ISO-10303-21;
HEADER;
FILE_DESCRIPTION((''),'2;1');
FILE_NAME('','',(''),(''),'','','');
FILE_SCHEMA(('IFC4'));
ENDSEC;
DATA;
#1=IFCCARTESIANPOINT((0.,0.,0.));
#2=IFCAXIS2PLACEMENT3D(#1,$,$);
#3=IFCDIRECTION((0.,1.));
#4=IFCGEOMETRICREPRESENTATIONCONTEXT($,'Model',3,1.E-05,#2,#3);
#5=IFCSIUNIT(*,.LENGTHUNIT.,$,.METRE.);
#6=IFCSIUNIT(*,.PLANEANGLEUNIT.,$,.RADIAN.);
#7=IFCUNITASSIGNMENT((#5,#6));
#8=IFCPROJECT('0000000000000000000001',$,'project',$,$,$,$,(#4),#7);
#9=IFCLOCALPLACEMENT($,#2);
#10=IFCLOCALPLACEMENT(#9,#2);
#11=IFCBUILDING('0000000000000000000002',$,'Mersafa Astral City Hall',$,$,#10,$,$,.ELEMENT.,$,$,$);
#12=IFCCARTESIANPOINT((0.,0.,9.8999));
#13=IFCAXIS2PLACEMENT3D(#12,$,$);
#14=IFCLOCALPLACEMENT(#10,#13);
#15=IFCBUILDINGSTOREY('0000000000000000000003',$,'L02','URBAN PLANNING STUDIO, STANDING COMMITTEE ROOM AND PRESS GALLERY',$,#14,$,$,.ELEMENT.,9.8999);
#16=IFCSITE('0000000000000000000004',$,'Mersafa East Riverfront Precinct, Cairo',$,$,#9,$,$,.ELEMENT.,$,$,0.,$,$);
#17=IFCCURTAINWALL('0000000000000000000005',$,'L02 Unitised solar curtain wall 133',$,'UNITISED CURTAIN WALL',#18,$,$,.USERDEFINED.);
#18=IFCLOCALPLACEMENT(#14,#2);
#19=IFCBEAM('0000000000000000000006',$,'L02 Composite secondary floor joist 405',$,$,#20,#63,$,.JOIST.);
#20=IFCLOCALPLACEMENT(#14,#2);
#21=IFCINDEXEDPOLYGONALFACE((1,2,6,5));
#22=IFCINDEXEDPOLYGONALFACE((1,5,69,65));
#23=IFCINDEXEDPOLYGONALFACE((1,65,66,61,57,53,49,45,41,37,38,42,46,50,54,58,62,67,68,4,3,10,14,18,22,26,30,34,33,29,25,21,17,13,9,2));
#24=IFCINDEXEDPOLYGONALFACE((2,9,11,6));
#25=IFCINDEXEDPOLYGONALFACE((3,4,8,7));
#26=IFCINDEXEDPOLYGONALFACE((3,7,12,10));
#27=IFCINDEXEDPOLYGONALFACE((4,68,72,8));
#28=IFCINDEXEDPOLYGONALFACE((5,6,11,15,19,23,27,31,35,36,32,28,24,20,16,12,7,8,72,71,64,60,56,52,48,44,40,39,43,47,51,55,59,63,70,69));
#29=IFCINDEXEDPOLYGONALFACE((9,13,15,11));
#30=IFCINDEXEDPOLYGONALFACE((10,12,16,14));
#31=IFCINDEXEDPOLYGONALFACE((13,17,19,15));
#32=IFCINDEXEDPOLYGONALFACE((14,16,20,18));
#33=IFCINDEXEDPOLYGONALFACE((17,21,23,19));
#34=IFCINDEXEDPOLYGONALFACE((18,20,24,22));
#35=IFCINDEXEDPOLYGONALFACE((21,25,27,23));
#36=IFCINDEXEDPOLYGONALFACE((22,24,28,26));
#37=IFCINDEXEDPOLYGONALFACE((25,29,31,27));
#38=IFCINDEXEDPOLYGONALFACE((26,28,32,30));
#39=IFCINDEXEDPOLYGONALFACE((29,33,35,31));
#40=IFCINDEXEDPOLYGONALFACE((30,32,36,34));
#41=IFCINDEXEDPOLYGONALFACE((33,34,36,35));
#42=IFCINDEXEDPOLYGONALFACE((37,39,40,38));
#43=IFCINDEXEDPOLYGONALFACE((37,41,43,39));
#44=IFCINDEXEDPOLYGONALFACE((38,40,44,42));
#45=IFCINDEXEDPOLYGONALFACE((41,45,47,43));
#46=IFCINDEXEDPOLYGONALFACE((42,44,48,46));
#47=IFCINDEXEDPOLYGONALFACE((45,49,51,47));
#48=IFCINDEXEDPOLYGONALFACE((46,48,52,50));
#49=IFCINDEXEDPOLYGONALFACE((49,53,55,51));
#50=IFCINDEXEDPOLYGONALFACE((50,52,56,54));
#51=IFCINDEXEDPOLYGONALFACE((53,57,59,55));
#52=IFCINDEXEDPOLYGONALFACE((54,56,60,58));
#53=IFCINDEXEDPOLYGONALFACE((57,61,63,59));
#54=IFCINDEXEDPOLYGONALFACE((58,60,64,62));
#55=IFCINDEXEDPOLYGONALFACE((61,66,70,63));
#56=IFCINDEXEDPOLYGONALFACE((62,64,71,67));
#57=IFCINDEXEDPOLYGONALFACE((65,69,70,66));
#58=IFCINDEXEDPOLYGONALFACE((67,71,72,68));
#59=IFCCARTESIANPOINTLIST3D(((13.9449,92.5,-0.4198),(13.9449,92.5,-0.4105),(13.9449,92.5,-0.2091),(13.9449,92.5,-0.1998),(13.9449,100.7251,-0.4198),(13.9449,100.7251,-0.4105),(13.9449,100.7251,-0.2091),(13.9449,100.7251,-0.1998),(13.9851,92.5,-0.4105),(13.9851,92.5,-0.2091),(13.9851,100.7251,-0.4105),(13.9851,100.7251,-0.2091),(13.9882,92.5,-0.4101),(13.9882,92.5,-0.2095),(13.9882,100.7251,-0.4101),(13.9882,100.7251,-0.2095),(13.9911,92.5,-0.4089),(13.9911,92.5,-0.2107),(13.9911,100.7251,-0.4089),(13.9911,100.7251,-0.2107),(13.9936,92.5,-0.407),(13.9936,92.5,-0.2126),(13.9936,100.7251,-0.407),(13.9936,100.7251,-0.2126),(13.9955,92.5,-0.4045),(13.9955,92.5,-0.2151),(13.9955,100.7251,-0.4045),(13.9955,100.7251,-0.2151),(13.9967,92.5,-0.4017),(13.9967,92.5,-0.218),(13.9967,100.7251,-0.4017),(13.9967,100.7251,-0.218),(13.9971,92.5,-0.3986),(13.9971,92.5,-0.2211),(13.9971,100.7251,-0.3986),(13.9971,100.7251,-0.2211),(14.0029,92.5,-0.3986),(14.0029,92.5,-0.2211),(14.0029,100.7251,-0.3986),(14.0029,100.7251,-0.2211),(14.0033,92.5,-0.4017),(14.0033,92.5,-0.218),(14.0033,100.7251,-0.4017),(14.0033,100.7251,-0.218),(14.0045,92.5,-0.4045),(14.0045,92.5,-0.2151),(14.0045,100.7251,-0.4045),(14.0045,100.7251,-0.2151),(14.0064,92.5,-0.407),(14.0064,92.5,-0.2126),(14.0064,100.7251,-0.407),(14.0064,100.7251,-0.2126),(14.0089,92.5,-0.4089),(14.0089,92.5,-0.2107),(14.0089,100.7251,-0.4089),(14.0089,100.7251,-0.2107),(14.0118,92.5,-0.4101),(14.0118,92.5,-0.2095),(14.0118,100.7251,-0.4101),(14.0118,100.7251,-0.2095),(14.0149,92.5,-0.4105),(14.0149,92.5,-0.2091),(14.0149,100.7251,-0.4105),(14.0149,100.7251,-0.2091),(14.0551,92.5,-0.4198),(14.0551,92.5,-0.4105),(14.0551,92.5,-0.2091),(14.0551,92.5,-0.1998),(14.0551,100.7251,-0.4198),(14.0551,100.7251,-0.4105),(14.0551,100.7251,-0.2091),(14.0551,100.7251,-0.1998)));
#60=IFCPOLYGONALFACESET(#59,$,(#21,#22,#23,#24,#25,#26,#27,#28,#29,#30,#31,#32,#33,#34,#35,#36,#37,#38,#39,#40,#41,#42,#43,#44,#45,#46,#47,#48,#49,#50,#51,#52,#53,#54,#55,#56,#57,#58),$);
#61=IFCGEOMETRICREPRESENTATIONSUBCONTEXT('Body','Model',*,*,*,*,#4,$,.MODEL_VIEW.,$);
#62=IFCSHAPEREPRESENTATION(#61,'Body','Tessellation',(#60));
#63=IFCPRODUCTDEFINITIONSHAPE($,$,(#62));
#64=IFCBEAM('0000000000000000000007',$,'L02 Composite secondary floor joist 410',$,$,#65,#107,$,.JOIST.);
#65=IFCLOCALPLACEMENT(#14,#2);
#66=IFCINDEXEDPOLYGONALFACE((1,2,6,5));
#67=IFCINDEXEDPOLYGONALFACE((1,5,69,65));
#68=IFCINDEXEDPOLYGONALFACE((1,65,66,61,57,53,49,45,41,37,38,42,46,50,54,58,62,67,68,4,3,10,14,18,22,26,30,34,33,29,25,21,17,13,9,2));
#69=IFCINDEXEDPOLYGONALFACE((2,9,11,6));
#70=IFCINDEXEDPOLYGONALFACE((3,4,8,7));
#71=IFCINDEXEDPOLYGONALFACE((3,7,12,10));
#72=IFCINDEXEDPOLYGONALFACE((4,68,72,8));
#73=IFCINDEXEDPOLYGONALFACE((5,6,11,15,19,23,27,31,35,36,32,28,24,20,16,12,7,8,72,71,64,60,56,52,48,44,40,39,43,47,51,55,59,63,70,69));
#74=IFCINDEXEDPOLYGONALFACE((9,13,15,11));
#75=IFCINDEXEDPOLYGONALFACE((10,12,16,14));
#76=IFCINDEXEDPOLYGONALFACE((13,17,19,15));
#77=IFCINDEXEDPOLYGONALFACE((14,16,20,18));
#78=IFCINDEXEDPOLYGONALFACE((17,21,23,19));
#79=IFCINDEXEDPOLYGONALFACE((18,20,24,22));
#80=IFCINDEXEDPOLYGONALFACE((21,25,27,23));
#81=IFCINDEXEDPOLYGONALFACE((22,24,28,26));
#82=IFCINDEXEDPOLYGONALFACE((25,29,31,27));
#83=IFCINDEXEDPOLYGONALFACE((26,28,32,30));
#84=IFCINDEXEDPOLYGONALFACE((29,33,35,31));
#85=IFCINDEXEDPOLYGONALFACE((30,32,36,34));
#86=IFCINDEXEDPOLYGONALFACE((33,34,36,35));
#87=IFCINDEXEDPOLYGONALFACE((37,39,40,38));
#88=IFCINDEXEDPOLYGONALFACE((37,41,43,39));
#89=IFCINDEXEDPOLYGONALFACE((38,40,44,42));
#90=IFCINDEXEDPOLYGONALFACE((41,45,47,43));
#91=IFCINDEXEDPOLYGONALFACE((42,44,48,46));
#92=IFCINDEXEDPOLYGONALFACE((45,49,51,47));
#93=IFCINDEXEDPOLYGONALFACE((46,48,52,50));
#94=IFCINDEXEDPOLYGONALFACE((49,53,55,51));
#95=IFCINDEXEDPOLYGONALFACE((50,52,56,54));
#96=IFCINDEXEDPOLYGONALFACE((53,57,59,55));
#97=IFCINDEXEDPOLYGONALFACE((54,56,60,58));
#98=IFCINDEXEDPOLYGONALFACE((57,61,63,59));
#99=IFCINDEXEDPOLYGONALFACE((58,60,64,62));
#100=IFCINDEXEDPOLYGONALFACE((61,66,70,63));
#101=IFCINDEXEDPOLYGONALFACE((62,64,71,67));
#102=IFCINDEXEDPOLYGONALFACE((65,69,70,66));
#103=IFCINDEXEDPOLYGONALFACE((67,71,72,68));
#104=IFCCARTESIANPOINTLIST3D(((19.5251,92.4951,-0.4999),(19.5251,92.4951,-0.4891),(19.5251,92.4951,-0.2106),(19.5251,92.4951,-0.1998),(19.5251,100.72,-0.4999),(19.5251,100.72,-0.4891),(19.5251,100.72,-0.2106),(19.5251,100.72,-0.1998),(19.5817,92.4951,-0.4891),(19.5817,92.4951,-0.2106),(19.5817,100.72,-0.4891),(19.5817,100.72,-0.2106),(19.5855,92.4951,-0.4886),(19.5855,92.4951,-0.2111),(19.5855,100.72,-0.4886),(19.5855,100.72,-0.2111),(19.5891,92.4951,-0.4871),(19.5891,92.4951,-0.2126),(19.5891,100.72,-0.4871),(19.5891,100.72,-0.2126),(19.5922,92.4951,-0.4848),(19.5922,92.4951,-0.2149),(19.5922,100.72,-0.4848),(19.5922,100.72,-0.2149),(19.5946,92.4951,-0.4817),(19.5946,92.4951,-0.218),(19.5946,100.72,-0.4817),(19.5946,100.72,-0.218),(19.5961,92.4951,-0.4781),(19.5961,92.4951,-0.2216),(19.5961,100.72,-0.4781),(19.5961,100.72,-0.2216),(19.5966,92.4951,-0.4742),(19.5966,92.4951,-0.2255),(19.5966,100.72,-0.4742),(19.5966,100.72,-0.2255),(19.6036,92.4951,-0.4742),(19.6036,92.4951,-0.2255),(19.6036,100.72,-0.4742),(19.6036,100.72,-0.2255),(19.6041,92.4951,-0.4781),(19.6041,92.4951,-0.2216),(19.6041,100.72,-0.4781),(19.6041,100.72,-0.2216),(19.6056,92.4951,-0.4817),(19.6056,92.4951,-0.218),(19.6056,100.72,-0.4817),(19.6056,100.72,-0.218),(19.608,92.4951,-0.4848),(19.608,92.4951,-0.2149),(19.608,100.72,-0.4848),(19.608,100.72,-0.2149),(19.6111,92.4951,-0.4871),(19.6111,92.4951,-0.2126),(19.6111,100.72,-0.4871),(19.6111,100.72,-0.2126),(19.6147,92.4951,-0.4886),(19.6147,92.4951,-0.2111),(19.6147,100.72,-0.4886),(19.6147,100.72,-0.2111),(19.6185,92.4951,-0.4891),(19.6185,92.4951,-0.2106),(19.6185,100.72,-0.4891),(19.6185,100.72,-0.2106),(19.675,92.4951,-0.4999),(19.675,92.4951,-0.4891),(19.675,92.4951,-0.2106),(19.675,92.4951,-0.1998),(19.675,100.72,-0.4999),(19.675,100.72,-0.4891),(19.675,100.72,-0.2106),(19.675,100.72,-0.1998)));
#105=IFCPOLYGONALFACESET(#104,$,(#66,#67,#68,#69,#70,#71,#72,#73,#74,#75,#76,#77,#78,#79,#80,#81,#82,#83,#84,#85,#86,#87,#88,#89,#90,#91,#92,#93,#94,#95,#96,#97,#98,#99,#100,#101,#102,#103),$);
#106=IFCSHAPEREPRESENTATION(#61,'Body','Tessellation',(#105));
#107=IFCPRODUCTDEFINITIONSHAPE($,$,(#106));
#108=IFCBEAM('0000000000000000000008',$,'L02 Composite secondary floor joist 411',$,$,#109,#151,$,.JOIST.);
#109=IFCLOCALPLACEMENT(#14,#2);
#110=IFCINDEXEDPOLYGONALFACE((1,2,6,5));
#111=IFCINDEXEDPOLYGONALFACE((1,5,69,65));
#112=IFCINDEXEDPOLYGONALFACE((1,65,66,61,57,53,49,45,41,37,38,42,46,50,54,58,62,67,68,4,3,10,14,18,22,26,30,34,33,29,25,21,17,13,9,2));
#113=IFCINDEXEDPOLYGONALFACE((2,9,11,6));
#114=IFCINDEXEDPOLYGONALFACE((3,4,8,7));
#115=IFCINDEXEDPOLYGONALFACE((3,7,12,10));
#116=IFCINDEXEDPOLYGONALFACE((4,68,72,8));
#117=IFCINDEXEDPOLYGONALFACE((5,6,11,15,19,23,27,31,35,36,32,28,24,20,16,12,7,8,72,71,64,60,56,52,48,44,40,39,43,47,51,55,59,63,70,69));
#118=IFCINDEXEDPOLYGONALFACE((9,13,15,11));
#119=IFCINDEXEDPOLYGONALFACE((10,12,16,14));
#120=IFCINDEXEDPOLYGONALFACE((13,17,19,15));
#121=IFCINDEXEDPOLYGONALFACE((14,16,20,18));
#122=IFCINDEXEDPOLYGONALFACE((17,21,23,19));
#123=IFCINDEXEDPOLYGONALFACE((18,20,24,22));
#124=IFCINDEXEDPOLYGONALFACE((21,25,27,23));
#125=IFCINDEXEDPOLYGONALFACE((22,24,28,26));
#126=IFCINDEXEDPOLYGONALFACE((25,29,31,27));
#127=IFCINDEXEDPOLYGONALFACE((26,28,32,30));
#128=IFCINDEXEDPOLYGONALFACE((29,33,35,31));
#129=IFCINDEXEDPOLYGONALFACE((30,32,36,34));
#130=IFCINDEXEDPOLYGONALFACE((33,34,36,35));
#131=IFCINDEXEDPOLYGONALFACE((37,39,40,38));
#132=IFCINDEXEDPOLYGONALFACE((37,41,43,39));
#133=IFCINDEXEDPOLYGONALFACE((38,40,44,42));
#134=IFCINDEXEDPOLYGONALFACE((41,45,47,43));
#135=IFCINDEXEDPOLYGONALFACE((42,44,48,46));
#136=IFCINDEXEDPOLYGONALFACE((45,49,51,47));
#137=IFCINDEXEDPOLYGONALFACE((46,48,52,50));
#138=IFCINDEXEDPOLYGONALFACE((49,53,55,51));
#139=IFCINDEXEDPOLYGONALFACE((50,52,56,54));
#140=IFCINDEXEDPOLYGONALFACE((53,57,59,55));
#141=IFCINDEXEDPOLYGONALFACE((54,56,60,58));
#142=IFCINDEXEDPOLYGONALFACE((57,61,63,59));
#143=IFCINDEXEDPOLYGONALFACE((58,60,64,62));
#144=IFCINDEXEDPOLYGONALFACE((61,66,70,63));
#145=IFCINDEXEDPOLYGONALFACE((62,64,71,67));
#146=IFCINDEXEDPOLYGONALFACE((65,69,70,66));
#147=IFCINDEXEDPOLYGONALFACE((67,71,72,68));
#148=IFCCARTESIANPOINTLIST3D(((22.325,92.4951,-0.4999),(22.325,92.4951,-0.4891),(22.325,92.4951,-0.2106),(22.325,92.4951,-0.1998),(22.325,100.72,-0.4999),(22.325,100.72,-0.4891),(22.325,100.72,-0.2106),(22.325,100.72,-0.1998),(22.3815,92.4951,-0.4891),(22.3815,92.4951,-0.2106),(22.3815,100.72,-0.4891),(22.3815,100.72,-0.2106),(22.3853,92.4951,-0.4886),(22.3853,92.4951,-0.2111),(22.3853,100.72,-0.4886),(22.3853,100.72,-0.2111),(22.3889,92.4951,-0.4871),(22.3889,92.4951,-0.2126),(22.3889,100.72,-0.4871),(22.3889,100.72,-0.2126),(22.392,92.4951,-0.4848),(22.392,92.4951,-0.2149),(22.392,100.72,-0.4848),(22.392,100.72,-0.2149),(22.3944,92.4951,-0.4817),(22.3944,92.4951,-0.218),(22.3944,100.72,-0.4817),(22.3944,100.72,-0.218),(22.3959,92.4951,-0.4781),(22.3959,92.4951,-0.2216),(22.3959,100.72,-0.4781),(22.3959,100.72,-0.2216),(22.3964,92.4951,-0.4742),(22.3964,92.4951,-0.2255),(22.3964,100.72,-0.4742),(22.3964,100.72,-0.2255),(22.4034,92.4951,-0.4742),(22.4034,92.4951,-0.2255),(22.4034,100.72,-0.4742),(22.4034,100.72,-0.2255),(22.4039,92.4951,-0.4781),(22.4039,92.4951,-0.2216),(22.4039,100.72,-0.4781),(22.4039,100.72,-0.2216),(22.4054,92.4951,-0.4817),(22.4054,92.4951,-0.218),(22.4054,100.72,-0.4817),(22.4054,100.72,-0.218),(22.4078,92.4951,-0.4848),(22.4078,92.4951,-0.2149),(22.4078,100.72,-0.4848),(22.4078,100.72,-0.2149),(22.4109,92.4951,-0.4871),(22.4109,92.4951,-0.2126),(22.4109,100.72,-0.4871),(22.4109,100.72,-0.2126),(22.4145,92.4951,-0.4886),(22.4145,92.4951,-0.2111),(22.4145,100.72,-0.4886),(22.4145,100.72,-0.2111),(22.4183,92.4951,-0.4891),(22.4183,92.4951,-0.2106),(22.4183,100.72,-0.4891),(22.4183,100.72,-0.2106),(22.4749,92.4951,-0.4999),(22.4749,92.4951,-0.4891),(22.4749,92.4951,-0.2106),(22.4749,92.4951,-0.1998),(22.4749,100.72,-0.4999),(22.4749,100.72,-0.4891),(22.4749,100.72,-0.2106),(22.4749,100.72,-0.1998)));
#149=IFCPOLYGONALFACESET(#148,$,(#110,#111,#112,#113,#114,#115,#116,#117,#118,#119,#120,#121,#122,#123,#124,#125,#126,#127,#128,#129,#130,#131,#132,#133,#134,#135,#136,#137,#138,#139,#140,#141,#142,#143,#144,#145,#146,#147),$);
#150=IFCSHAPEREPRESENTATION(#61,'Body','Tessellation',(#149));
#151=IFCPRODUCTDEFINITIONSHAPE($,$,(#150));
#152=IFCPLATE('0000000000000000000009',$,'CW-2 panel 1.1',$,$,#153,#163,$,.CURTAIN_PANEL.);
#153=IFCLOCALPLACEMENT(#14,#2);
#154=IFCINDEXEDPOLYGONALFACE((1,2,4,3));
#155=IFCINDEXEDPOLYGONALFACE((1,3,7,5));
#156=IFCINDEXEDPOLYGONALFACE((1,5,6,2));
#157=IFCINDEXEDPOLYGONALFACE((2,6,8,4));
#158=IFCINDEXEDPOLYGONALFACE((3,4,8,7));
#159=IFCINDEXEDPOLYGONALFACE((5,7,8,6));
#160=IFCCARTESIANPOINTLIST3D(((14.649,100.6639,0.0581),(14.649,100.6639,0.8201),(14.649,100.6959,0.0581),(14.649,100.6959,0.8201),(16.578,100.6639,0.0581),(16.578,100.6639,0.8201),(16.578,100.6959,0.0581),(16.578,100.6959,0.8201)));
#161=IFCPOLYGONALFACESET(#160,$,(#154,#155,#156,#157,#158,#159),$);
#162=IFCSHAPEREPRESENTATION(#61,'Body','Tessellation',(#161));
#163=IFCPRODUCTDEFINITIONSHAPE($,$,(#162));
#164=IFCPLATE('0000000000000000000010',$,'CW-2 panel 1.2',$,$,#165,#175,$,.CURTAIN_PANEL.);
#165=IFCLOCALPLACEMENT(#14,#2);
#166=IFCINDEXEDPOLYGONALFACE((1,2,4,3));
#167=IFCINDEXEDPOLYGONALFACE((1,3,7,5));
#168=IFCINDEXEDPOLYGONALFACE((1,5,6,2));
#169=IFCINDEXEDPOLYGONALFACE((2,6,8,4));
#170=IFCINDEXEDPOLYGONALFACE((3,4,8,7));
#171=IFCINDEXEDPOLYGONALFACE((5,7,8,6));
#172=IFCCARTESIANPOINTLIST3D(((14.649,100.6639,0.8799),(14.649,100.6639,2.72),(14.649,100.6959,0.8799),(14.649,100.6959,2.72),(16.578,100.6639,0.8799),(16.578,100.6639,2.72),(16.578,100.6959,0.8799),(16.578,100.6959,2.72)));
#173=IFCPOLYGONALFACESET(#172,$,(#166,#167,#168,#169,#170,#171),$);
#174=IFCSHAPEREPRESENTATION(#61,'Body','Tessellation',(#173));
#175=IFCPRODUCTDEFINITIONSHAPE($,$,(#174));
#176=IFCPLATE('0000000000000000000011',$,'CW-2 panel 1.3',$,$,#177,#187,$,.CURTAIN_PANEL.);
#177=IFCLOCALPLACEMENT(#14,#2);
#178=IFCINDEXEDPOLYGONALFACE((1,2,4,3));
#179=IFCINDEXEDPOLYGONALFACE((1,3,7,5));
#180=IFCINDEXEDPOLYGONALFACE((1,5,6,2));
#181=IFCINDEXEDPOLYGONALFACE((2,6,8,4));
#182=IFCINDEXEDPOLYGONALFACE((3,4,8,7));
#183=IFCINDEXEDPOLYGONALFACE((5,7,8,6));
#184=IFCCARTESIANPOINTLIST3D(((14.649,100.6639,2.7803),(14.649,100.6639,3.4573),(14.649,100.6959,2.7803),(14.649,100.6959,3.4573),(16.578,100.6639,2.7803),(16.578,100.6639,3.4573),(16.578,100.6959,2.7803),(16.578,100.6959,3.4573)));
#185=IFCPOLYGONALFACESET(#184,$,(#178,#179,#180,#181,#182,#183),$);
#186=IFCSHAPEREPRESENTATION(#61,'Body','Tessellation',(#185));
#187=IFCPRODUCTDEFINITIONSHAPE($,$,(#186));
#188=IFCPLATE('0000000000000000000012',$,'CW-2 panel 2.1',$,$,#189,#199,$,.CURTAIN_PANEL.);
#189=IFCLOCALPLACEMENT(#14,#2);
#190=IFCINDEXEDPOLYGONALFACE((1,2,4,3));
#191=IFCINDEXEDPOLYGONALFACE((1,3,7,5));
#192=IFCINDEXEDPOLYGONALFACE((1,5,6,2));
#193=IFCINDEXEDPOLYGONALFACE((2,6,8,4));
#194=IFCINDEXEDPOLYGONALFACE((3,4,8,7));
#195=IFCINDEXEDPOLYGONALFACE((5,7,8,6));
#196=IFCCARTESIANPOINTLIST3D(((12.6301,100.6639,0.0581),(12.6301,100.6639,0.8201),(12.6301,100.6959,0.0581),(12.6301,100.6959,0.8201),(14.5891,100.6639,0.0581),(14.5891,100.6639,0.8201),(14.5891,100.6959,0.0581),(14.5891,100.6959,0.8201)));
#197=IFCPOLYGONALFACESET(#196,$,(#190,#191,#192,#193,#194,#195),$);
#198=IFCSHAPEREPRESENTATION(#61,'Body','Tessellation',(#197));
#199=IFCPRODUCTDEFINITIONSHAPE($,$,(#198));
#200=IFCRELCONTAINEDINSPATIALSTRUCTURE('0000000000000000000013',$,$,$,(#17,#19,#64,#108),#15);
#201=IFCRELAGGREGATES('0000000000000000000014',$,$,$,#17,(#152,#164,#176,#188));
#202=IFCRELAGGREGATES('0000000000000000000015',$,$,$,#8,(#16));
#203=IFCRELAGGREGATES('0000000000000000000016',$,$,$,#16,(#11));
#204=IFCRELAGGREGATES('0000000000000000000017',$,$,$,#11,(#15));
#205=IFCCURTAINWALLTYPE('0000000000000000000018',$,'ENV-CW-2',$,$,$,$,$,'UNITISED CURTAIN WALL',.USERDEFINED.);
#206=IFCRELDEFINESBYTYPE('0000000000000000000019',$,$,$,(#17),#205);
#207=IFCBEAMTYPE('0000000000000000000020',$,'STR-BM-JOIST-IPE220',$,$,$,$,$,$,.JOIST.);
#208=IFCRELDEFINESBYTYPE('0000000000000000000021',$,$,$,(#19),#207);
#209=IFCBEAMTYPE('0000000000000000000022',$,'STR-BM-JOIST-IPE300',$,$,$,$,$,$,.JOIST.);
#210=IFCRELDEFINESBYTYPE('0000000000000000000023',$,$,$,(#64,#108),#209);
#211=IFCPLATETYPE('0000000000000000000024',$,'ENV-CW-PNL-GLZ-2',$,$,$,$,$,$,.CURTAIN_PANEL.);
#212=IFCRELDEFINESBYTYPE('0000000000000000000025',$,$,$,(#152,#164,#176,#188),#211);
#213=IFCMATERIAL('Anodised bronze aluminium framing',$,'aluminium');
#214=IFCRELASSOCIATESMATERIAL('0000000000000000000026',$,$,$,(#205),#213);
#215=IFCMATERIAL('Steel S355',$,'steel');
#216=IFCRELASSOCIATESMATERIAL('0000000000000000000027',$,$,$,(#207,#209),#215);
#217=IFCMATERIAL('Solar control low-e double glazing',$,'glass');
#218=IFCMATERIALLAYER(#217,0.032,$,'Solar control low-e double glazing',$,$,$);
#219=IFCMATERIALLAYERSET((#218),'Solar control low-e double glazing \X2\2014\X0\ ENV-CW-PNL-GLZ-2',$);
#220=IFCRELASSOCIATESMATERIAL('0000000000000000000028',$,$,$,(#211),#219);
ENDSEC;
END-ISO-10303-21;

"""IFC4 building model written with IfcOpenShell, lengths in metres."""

from ifc_helpers import new_model, si_unit, direction, frame, origin, origin_2d, place, context, subcontext, project, spatial, rectangle, i_section, extrude, material, layer, layer_set, material_profile, profile_set, type_object, element, aggregate, save


model = new_model("IFC4")

# Units and contexts
model_context = context("Model", 3, precision=1e-05, world=origin(), true_north=direction((0.0, 1.0)))
body_context = subcontext(model_context, "Body", "Model", "MODEL_VIEW")
ifc_project = project(units=[si_unit("LENGTHUNIT", "METRE"), si_unit("PLANEANGLEUNIT", "RADIAN")], contexts=[model_context])

# Site, building, storey
site_placement = place(None, origin())
site = spatial("IfcSite", under=ifc_project, at=site_placement, Name="Mersafa East Riverfront Precinct, Cairo", CompositionType="ELEMENT", RefElevation=0.0)
building_placement = place(site_placement, origin())
building = spatial("IfcBuilding", under=site, at=building_placement, Name="Mersafa Astral City Hall", CompositionType="ELEMENT")
storey_placement = place(building_placement, frame((0.0, 0.0, 9.8999)))
storey = spatial("IfcBuildingStorey", under=building, at=storey_placement, Name="L02", Description="URBAN PLANNING STUDIO, STANDING COMMITTEE ROOM AND PRESS GALLERY", CompositionType="ELEMENT", Elevation=9.8999)

# Shared definitions
ifc_material_1 = material(Name="Steel S355", Category="steel")

# Curtain wall
ifc_material_2 = material(Name="Anodised bronze aluminium framing", Category="aluminium")
curtain_wall_type = type_object("IfcCurtainWallType", Name="ENV-CW-2", ElementType="UNITISED CURTAIN WALL", PredefinedType="USERDEFINED", material=ifc_material_2)
curtain_wall_placement = place(storey_placement, origin())
curtain_wall = element("IfcCurtainWall", 1, at=curtain_wall_placement, inside=storey, type_object=curtain_wall_type, Name="L02 Unitised solar curtain wall 133", ObjectType="UNITISED CURTAIN WALL", PredefinedType="USERDEFINED")

# Beams
ifc_material_profile_1 = material_profile(ifc_material_1, i_section(OverallWidth=0.1101, OverallDepth=0.22, WebThickness=0.0059, FlangeThickness=0.0093, FilletRadius=0.012, at=origin_2d()), Name="IPE 220")
ifc_profile_set_1 = profile_set([ifc_material_profile_1], Name="Steel S355")
beam_type_1 = type_object("IfcBeamType", Name="STR-BM-JOIST-IPE220", PredefinedType="JOIST", material=ifc_profile_set_1)
beam_1_placement = place(storey_placement, frame((14.0, 92.5, -0.3098), z_axis=(0.0, 1.0, 0.0), x_axis=(-1.0, 0.0, 0.0)))
element("IfcBeam", 2, at=beam_1_placement, inside=storey, type_object=beam_type_1, Name="L02 Composite secondary floor joist 405", PredefinedType="JOIST", context=body_context, shape_type="SweptSolid", body=[
    extrude(i_section(OverallWidth=0.1101, OverallDepth=0.22, WebThickness=0.0059, FlangeThickness=0.0093, FilletRadius=0.012, at=origin_2d()), origin(), (0.0, 0.0, 1.0), 8.2251),
])
ifc_material_profile_2 = material_profile(ifc_material_1, i_section(OverallWidth=0.1499, OverallDepth=0.3, WebThickness=0.0071, FlangeThickness=0.0107, FilletRadius=0.0149, at=origin_2d()), Name="IPE 300")
ifc_profile_set_2 = profile_set([ifc_material_profile_2], Name="Steel S355")
beam_type_2 = type_object("IfcBeamType", Name="STR-BM-JOIST-IPE300", PredefinedType="JOIST", material=ifc_profile_set_2)
for number, where, z_axis, x_axis, name in (
    (3, (19.6001, 92.4951, -0.3499), (0.0, 1.0, 0.0), (-1.0, 0.0, 0.0), "L02 Composite secondary floor joist 410"),
    (4, (22.3999, 92.4951, -0.3499), (0.0, 1.0, 0.0), (-1.0, 0.0, 0.0), "L02 Composite secondary floor joist 411"),
):
    element("IfcBeam", number, at=place(storey_placement, frame(where, z_axis=z_axis, x_axis=x_axis)), inside=storey, type_object=beam_type_2, Name=name, PredefinedType="JOIST", context=body_context, shape_type="SweptSolid", body=[
        extrude(i_section(OverallWidth=0.1499, OverallDepth=0.3, WebThickness=0.0071, FlangeThickness=0.0107, FilletRadius=0.0149, at=origin_2d()), origin(), (0.0, 0.0, 1.0), 8.2249),
    ])

# Plates
ifc_material_3 = material(Name="Solar control low-e double glazing", Category="glass")
ifc_layer = layer(ifc_material_3, 0.032, Name="Solar control low-e double glazing")
ifc_layer_set = layer_set([ifc_layer], Name="Solar control low-e double glazing — ENV-CW-PNL-GLZ-2")
plate_type = type_object("IfcPlateType", Name="ENV-CW-PNL-GLZ-2", PredefinedType="CURTAIN_PANEL", material=ifc_layer_set)
plate_1_placement = place(storey_placement, frame((15.6135, 100.6799, 0.0581), z_axis=(0.0, 0.0, 1.0), x_axis=(-1.0, 0.0, 0.0)))
plate_1 = element("IfcPlate", 5, at=plate_1_placement, type_object=plate_type, Name="CW-2 panel 1.1", PredefinedType="CURTAIN_PANEL", context=body_context, shape_type="SweptSolid", body=[
    extrude(rectangle(XDim=1.929, YDim=0.032, at=origin_2d()), origin(), (0.0, 0.0, 1.0), 0.762),
])
plate_2_placement = place(storey_placement, frame((15.6135, 100.6799, 0.8799), z_axis=(0.0, 0.0, 1.0), x_axis=(-1.0, 0.0, 0.0)))
plate_2 = element("IfcPlate", 6, at=plate_2_placement, type_object=plate_type, Name="CW-2 panel 1.2", PredefinedType="CURTAIN_PANEL", context=body_context, shape_type="SweptSolid", body=[
    extrude(rectangle(XDim=1.929, YDim=0.032, at=origin_2d()), origin(), (0.0, 0.0, 1.0), 1.8401),
])
plate_3_placement = place(storey_placement, frame((15.6135, 100.6799, 2.7803), z_axis=(0.0, 0.0, 1.0), x_axis=(-1.0, 0.0, 0.0)))
plate_3 = element("IfcPlate", 7, at=plate_3_placement, type_object=plate_type, Name="CW-2 panel 1.3", PredefinedType="CURTAIN_PANEL", context=body_context, shape_type="SweptSolid", body=[
    extrude(rectangle(XDim=1.929, YDim=0.032, at=origin_2d()), origin(), (0.0, 0.0, 1.0), 0.677),
])
plate_4_placement = place(storey_placement, frame((13.6096, 100.6799, 0.0581), z_axis=(0.0, 0.0, 1.0), x_axis=(-1.0, 0.0, 0.0)))
plate_4 = element("IfcPlate", 8, at=plate_4_placement, type_object=plate_type, Name="CW-2 panel 2.1", PredefinedType="CURTAIN_PANEL", context=body_context, shape_type="SweptSolid", body=[
    extrude(rectangle(XDim=1.959, YDim=0.032, at=origin_2d()), origin(), (0.0, 0.0, 1.0), 0.762),
])
aggregate(curtain_wall, [plate_1, plate_2, plate_3, plate_4])

save(model, "model.ifc")
